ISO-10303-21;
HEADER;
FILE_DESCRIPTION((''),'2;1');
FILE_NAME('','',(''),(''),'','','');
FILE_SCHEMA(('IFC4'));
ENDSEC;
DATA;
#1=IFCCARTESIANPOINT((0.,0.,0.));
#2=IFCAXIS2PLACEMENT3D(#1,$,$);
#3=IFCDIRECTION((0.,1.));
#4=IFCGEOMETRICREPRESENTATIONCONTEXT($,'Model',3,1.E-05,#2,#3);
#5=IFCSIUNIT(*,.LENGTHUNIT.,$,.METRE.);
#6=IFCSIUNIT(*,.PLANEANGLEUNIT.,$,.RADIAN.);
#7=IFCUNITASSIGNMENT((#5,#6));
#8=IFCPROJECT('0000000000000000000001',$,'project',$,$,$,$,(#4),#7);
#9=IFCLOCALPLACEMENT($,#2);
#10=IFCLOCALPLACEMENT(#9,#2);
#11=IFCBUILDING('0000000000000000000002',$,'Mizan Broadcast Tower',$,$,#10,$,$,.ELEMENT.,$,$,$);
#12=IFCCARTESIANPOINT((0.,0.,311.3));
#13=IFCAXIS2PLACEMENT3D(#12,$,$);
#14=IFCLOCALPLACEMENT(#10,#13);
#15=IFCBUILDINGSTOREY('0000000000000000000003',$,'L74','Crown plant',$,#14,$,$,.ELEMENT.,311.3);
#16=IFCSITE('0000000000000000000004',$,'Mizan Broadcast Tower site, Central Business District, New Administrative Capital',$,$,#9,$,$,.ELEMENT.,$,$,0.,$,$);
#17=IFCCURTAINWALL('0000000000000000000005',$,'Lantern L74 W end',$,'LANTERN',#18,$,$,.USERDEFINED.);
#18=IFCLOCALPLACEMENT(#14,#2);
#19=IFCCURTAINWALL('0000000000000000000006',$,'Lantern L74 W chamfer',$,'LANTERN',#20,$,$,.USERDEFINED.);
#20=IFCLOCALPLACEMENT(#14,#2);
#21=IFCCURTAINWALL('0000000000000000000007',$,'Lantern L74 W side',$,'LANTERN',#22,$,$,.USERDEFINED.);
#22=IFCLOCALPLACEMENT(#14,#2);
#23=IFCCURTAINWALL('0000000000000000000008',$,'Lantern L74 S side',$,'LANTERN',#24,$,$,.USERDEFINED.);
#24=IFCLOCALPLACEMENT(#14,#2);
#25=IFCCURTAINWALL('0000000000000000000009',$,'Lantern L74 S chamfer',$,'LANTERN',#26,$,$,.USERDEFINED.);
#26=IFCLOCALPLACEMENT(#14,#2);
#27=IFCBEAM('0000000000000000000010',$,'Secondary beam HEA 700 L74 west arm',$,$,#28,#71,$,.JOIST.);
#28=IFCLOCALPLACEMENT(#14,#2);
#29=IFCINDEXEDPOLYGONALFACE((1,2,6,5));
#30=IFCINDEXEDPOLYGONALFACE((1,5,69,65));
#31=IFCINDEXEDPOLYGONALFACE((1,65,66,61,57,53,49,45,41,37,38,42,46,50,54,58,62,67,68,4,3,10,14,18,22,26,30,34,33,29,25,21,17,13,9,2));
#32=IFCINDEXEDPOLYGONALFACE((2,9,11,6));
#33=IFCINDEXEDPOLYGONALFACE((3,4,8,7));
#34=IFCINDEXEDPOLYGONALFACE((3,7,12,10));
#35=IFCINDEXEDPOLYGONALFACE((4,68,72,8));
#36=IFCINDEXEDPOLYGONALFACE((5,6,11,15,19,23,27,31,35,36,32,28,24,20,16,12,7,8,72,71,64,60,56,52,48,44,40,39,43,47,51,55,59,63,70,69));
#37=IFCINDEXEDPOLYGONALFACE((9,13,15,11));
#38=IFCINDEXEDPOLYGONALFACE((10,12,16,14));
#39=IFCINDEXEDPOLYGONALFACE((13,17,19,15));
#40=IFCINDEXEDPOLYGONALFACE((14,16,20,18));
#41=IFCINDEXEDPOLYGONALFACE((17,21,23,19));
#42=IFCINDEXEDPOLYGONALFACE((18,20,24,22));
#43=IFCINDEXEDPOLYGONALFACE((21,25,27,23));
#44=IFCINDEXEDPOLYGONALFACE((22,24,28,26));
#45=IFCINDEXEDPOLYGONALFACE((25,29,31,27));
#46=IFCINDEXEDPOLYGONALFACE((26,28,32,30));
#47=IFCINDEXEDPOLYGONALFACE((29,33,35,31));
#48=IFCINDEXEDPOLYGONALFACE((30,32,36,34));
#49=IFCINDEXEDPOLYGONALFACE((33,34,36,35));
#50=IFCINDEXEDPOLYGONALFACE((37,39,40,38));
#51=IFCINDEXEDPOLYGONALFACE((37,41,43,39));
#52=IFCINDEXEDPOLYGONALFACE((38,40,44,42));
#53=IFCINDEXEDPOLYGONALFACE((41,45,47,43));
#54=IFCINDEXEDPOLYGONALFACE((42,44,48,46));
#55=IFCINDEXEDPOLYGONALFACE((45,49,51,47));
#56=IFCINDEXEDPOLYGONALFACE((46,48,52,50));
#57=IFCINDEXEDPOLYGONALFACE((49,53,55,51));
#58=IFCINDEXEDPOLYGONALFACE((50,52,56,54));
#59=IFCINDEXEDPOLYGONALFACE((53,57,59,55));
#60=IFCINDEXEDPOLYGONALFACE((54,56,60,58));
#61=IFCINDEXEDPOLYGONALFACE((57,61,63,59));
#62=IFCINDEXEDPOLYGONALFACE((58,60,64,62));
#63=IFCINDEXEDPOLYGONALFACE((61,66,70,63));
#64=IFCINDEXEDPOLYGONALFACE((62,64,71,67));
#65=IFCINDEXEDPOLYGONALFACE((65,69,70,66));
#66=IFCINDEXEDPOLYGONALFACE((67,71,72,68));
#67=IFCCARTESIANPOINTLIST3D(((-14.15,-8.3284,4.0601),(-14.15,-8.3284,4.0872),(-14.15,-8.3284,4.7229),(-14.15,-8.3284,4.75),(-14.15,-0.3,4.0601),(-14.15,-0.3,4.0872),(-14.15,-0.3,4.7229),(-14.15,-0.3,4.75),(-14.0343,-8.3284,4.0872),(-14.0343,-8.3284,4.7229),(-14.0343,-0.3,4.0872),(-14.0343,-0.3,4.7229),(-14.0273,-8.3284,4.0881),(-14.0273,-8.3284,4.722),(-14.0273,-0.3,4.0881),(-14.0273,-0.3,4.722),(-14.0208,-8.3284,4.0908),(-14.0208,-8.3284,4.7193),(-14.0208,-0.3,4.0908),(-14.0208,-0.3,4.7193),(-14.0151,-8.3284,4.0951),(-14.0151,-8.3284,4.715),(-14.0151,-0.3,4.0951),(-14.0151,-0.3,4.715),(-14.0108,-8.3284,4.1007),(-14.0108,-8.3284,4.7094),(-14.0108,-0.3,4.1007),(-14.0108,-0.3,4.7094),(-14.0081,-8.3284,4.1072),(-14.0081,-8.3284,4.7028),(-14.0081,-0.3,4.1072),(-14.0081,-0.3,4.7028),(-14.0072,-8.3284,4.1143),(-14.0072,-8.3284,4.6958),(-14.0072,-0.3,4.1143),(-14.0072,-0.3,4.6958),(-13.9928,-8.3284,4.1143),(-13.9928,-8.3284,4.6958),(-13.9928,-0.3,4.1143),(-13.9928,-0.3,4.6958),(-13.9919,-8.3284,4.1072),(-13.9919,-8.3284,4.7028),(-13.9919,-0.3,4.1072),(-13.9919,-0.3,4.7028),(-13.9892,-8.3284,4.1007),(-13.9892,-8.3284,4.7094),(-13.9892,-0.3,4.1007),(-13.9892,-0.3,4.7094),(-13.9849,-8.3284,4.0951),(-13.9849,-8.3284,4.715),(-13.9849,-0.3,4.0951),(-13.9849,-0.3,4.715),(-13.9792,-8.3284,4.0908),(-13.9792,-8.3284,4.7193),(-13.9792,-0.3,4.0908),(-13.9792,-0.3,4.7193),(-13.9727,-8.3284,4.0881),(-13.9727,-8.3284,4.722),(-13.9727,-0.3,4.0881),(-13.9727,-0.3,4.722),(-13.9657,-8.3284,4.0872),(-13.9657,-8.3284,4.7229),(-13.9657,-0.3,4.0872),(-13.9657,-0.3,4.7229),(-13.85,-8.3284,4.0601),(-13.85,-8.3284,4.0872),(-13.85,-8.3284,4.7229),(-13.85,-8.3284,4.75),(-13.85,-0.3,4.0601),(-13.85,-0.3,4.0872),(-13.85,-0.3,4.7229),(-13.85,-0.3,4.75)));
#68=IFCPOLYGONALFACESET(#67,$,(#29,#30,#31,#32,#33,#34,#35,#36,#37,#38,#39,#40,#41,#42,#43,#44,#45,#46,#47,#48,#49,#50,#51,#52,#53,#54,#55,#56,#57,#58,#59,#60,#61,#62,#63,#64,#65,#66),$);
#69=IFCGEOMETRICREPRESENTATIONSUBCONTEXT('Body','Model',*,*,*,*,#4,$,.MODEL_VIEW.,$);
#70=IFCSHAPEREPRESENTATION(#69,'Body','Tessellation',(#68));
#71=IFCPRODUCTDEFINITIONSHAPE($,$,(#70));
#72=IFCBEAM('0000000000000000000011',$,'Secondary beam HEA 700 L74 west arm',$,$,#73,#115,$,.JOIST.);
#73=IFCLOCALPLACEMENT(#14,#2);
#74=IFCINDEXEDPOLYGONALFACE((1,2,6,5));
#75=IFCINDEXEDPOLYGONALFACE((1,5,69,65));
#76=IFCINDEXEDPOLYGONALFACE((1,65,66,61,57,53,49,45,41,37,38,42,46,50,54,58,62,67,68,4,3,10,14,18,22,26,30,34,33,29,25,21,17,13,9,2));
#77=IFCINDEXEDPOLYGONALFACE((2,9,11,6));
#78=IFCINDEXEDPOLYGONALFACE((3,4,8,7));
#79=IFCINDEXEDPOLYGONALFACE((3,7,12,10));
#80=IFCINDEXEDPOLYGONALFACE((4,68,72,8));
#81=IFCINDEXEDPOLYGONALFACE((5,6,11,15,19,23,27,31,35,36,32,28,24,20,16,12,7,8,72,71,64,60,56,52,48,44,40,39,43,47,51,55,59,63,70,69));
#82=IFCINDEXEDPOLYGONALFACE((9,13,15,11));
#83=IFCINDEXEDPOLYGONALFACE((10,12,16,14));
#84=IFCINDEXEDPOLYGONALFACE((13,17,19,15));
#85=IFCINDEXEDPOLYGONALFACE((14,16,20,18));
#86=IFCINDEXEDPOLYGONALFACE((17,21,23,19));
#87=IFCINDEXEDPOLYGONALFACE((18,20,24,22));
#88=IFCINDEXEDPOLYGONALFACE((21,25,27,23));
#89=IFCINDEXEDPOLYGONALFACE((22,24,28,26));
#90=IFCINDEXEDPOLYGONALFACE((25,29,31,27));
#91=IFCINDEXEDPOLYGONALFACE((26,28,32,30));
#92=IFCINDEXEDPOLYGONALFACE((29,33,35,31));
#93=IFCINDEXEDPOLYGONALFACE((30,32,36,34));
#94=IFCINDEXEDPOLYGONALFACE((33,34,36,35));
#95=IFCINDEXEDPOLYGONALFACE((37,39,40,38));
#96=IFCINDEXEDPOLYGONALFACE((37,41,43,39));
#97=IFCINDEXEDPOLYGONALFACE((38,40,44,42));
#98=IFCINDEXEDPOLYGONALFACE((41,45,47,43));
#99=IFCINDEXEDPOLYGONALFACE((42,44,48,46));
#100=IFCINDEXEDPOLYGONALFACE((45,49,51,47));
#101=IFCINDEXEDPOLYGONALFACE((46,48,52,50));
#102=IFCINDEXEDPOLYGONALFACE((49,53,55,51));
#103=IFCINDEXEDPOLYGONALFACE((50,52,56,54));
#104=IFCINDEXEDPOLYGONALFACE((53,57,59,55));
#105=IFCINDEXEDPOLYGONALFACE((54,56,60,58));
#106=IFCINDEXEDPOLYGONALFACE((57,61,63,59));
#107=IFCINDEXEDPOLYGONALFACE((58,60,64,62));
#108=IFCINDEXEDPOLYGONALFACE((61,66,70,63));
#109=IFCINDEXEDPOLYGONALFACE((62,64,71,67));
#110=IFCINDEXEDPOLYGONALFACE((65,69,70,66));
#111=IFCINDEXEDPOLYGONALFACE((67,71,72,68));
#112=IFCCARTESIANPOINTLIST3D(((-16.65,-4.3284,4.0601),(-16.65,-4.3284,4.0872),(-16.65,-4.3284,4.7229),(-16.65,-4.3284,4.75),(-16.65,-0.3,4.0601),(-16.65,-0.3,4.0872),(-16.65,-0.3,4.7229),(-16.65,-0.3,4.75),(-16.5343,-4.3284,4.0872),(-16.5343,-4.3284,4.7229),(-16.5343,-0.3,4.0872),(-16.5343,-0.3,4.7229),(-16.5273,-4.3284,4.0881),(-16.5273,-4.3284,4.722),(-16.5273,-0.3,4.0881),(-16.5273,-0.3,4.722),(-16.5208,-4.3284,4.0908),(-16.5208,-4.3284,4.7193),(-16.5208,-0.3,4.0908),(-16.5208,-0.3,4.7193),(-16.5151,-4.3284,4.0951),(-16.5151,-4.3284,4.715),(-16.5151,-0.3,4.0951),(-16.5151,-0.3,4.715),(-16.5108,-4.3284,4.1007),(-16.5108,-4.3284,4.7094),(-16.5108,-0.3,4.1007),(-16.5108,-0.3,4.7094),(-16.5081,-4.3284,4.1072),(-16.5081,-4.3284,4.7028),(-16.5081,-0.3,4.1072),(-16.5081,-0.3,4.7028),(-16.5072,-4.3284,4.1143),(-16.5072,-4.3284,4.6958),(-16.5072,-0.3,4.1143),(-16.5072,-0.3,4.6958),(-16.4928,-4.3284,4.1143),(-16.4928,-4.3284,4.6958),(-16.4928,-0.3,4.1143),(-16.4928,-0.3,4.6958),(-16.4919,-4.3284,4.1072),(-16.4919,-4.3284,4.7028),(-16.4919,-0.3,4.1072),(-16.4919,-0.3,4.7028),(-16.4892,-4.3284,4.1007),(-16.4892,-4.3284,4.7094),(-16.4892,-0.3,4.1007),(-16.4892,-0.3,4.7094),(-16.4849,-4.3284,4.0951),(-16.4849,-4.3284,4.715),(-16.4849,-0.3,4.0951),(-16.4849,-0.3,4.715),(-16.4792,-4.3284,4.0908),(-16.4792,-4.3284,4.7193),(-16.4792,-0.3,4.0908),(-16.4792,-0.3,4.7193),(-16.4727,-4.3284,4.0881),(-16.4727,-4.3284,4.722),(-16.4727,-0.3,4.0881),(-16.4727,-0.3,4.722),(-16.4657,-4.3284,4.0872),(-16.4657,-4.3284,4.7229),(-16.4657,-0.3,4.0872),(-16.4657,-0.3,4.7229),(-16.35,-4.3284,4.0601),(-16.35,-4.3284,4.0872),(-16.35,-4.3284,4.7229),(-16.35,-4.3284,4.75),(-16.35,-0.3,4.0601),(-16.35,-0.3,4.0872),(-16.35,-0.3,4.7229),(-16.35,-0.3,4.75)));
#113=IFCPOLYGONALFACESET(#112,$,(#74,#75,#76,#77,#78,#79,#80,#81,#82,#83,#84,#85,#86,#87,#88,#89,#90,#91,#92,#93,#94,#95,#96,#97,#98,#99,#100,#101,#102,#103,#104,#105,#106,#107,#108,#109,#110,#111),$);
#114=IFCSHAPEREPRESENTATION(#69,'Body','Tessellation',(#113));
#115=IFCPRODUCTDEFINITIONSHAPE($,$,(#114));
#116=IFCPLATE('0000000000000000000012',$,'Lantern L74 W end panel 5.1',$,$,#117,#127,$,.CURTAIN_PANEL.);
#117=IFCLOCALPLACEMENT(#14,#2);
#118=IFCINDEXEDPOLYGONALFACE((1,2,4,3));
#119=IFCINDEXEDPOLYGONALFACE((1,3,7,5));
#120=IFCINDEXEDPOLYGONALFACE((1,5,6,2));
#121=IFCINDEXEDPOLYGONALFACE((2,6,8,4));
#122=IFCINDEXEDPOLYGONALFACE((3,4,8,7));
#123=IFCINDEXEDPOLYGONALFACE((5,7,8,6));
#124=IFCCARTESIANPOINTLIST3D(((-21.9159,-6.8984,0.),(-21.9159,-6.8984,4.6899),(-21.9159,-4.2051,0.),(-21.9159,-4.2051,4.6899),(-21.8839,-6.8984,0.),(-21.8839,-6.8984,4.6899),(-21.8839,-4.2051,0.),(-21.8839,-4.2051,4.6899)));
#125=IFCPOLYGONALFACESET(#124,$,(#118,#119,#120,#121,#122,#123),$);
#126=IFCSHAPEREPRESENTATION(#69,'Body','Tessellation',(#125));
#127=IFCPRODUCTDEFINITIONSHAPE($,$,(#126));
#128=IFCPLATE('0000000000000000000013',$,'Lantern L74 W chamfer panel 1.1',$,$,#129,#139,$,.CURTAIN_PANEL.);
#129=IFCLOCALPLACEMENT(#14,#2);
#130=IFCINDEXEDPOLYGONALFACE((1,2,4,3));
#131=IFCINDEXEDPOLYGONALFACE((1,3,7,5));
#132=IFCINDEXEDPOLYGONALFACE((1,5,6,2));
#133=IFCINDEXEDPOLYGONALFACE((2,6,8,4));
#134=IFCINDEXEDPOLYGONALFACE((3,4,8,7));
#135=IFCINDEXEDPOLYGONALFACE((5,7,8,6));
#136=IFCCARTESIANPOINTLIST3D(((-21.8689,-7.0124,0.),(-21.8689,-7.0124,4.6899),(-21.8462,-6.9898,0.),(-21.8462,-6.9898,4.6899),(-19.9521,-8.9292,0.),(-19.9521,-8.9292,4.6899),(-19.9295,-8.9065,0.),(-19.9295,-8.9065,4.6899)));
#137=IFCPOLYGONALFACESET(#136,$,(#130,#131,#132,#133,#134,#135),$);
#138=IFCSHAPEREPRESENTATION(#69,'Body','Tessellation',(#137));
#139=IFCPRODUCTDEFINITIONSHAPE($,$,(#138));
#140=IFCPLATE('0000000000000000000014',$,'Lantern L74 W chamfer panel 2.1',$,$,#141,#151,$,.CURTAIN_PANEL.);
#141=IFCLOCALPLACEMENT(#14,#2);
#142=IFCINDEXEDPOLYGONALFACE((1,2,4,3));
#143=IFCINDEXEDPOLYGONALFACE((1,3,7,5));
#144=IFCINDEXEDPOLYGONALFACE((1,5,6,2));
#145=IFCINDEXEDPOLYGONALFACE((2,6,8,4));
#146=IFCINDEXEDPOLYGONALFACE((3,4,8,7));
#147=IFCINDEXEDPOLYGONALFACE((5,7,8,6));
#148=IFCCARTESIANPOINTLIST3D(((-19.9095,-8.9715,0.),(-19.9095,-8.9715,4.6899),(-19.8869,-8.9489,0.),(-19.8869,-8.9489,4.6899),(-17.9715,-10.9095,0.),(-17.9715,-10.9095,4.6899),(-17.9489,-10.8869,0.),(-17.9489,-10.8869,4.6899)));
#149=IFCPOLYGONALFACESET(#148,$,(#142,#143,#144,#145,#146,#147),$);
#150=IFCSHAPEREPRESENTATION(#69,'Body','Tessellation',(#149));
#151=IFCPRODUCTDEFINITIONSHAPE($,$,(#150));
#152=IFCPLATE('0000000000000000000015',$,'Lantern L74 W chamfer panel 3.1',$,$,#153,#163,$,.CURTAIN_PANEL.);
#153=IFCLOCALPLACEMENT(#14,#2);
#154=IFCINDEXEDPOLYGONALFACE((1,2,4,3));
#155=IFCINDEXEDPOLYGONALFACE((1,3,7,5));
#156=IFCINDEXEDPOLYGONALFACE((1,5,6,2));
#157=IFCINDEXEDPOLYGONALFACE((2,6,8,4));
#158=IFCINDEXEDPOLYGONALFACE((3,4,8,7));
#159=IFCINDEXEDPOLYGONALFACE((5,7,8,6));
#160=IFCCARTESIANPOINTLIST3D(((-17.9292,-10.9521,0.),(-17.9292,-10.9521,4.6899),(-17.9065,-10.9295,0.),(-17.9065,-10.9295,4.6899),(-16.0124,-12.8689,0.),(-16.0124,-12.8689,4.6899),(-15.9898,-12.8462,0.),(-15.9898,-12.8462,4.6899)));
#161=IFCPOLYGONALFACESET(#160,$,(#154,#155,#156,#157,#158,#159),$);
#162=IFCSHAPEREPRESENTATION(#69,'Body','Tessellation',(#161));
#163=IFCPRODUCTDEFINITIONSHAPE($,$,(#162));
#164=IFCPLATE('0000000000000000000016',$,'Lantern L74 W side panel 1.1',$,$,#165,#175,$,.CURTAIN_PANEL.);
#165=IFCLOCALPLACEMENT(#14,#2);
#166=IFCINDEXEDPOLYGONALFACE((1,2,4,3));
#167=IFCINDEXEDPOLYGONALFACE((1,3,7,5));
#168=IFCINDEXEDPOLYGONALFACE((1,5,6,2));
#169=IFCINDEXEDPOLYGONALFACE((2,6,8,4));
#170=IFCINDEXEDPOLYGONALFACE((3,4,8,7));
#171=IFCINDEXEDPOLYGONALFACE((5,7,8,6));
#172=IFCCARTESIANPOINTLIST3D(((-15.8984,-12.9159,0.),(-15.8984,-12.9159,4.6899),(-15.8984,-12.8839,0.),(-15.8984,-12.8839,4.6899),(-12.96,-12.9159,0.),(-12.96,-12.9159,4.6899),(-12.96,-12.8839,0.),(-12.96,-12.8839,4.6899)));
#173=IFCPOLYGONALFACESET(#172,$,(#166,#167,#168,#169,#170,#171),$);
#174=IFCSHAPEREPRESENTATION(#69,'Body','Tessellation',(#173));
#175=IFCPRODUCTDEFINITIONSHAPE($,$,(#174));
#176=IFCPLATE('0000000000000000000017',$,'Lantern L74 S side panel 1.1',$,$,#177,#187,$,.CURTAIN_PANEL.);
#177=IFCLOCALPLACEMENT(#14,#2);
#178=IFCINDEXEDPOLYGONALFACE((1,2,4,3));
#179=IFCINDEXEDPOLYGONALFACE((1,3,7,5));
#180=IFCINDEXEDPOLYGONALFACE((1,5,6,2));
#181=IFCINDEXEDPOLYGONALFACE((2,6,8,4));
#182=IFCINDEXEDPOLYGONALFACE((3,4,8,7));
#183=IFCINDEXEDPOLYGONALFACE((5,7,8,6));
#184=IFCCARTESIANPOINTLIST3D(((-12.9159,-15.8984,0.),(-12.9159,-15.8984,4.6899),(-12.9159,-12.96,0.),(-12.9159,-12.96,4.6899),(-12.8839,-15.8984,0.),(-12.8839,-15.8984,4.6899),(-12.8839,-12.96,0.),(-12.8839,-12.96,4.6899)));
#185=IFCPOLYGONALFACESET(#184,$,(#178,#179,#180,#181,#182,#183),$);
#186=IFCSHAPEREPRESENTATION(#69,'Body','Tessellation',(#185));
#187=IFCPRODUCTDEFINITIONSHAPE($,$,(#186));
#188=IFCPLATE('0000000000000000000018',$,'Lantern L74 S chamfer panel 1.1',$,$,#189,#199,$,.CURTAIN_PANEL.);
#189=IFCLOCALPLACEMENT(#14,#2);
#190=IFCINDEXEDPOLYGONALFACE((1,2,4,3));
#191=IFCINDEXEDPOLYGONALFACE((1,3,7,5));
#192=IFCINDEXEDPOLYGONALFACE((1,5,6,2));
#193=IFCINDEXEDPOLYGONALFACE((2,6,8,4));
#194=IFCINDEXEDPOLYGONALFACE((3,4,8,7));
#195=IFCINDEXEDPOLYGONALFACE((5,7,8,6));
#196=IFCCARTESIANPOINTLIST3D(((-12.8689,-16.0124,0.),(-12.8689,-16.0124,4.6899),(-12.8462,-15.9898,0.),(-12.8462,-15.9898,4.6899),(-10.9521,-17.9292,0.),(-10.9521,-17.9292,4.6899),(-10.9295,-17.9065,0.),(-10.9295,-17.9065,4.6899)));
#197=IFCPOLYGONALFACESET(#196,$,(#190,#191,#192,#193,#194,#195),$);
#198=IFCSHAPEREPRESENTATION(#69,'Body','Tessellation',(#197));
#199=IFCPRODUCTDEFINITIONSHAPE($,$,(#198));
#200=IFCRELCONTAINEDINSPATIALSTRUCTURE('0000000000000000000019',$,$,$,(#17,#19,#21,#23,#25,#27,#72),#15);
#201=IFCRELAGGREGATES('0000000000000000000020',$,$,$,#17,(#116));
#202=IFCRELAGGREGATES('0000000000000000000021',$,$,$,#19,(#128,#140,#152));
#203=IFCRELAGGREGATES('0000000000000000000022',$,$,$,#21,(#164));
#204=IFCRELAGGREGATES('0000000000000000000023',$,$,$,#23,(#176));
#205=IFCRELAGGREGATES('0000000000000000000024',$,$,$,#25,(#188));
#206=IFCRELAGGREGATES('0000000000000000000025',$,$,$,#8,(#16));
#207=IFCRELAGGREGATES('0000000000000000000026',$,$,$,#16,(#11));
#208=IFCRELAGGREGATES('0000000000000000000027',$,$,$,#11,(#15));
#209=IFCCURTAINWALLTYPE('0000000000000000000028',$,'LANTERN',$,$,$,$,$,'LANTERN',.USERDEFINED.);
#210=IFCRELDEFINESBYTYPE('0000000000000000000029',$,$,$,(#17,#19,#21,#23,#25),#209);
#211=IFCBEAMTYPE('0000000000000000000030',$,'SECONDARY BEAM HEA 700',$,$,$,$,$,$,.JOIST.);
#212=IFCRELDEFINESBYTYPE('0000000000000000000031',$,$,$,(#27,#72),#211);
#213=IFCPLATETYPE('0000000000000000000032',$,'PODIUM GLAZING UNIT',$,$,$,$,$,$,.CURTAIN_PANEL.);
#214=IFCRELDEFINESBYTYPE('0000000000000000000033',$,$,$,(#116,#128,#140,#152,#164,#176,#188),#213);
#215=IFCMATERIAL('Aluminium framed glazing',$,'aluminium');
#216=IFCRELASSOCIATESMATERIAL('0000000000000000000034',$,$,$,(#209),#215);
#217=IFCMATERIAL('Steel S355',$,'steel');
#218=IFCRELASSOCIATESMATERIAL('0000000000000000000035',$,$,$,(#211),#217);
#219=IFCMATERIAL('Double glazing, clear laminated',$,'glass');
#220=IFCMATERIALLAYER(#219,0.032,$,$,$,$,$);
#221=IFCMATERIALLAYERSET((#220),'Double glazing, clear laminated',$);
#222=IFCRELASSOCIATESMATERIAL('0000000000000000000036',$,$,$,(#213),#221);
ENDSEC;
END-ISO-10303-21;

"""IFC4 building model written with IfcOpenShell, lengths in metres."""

from ifc_helpers import new_model, si_unit, direction, frame, origin, origin_2d, place, context, subcontext, project, spatial, rectangle, i_section, extrude, material, layer, layer_set, material_profile, profile_set, type_object, element, aggregate, save


model = new_model("IFC4")

# Units and contexts
model_context = context("Model", 3, precision=1e-05, world=origin(), true_north=direction((0.0, 1.0)))
body_context = subcontext(model_context, "Body", "Model", "MODEL_VIEW")
ifc_project = project(units=[si_unit("LENGTHUNIT", "METRE"), si_unit("PLANEANGLEUNIT", "RADIAN")], contexts=[model_context])

# Site, building, storey
site_placement = place(None, origin())
site = spatial("IfcSite", under=ifc_project, at=site_placement, Name="Mizan Broadcast Tower site, Central Business District, New Administrative Capital", CompositionType="ELEMENT", RefElevation=0.0)
building_placement = place(site_placement, origin())
building = spatial("IfcBuilding", under=site, at=building_placement, Name="Mizan Broadcast Tower", CompositionType="ELEMENT")
storey_placement = place(building_placement, frame((0.0, 0.0, 311.3)))
storey = spatial("IfcBuildingStorey", under=building, at=storey_placement, Name="L74", Description="Crown plant", CompositionType="ELEMENT", Elevation=311.3)

# Curtain walls
ifc_material_1 = material(Name="Aluminium framed glazing", Category="aluminium")
curtain_wall_type = type_object("IfcCurtainWallType", Name="LANTERN", ElementType="LANTERN", PredefinedType="USERDEFINED", material=ifc_material_1)
curtain_wall_1_placement = place(storey_placement, origin())
curtain_wall_1 = element("IfcCurtainWall", 1, at=curtain_wall_1_placement, inside=storey, type_object=curtain_wall_type, Name="Lantern L74 W end", ObjectType="LANTERN", PredefinedType="USERDEFINED")
curtain_wall_2_placement = place(storey_placement, origin())
curtain_wall_2 = element("IfcCurtainWall", 2, at=curtain_wall_2_placement, inside=storey, type_object=curtain_wall_type, Name="Lantern L74 W chamfer", ObjectType="LANTERN", PredefinedType="USERDEFINED")

# Curtain walls
curtain_wall_3_placement = place(storey_placement, origin())
curtain_wall_3 = element("IfcCurtainWall", 3, at=curtain_wall_3_placement, inside=storey, type_object=curtain_wall_type, Name="Lantern L74 W side", ObjectType="LANTERN", PredefinedType="USERDEFINED")
curtain_wall_4_placement = place(storey_placement, origin())
curtain_wall_4 = element("IfcCurtainWall", 4, at=curtain_wall_4_placement, inside=storey, type_object=curtain_wall_type, Name="Lantern L74 S side", ObjectType="LANTERN", PredefinedType="USERDEFINED")

# Curtain wall
curtain_wall_5_placement = place(storey_placement, origin())
curtain_wall_5 = element("IfcCurtainWall", 5, at=curtain_wall_5_placement, inside=storey, type_object=curtain_wall_type, Name="Lantern L74 S chamfer", ObjectType="LANTERN", PredefinedType="USERDEFINED")

# Beams
ifc_material_2 = material(Name="Steel S355", Category="steel")
ifc_material_profile_1 = material_profile(ifc_material_2, i_section(OverallWidth=0.3, OverallDepth=0.6899, WebThickness=0.0144, FlangeThickness=0.0271, FilletRadius=0.0271, at=origin_2d()), Name="HEA 700")
ifc_profile_set_1 = profile_set([ifc_material_profile_1], Name="Steel S355")
beam_type_1 = type_object("IfcBeamType", Name="SECONDARY BEAM HEA 700", PredefinedType="JOIST", material=ifc_profile_set_1)
beam_1_placement = place(storey_placement, frame((-14.0, -8.3284, 4.405), z_axis=(0.0, 1.0, 0.0), x_axis=(-1.0, 0.0, 0.0)))
element("IfcBeam", 6, at=beam_1_placement, inside=storey, type_object=beam_type_1, Name="Secondary beam HEA 700 L74 west arm", PredefinedType="JOIST", context=body_context, shape_type="SweptSolid", body=[
    extrude(i_section(OverallWidth=0.3, OverallDepth=0.6899, WebThickness=0.0144, FlangeThickness=0.0271, FilletRadius=0.0271, at=origin_2d()), origin(), (0.0, 0.0, 1.0), 8.0283),
])
beam_2_placement = place(storey_placement, frame((-16.5, -4.3284, 4.405), z_axis=(0.0, 1.0, 0.0), x_axis=(-1.0, 0.0, 0.0)))
element("IfcBeam", 7, at=beam_2_placement, inside=storey, type_object=beam_type_1, Name="Secondary beam HEA 700 L74 west arm", PredefinedType="JOIST", context=body_context, shape_type="SweptSolid", body=[
    extrude(i_section(OverallWidth=0.3, OverallDepth=0.6899, WebThickness=0.0144, FlangeThickness=0.0271, FilletRadius=0.0271, at=origin_2d()), origin(), (0.0, 0.0, 1.0), 4.0283),
])

# Plates
ifc_material_3 = material(Name="Double glazing, clear laminated", Category="glass")
ifc_layer = layer(ifc_material_3, 0.032)
ifc_layer_set = layer_set([ifc_layer], Name="Double glazing, clear laminated")
plate_type = type_object("IfcPlateType", Name="PODIUM GLAZING UNIT", PredefinedType="CURTAIN_PANEL", material=ifc_layer_set)
plate_1_placement = place(storey_placement, frame((-21.8999, -5.5518, 0.0), z_axis=(0.0, 0.0, 1.0), x_axis=(0.0, -1.0, 0.0)))
plate_1 = element("IfcPlate", 8, at=plate_1_placement, type_object=plate_type, Name="Lantern L74 W end panel 5.1", PredefinedType="CURTAIN_PANEL", context=body_context, shape_type="SweptSolid", body=[
    extrude(rectangle(XDim=2.6934, YDim=0.032, at=origin_2d()), origin(), (0.0, 0.0, 1.0), 4.6899),
])
aggregate(curtain_wall_1, [plate_1])
plate_2_placement = place(storey_placement, frame((-20.8992, -7.9595, 0.0), z_axis=(0.0, 0.0, 1.0), x_axis=(0.707107, -0.707107, 0.0)))
plate_2 = element("IfcPlate", 9, at=plate_2_placement, type_object=plate_type, Name="Lantern L74 W chamfer panel 1.1", PredefinedType="CURTAIN_PANEL", context=body_context, shape_type="SweptSolid", body=[
    extrude(rectangle(XDim=2.7107, YDim=0.032, at=origin_2d()), origin(), (0.0, 0.0, 1.0), 4.6899),
])
plate_3_placement = place(storey_placement, frame((-18.9292, -9.9292, 0.0), z_axis=(0.0, 0.0, 1.0), x_axis=(0.707107, -0.707107, 0.0)))
plate_3 = element("IfcPlate", 10, at=plate_3_placement, type_object=plate_type, Name="Lantern L74 W chamfer panel 2.1", PredefinedType="CURTAIN_PANEL", context=body_context, shape_type="SweptSolid", body=[
    extrude(rectangle(XDim=2.7407, YDim=0.032, at=origin_2d()), origin(), (0.0, 0.0, 1.0), 4.6899),
])
plate_4_placement = place(storey_placement, frame((-16.9595, -11.8992, 0.0), z_axis=(0.0, 0.0, 1.0), x_axis=(0.707107, -0.707107, 0.0)))
plate_4 = element("IfcPlate", 11, at=plate_4_placement, type_object=plate_type, Name="Lantern L74 W chamfer panel 3.1", PredefinedType="CURTAIN_PANEL", context=body_context, shape_type="SweptSolid", body=[
    extrude(rectangle(XDim=2.7107, YDim=0.032, at=origin_2d()), origin(), (0.0, 0.0, 1.0), 4.6899),
])
aggregate(curtain_wall_2, [plate_2, plate_3, plate_4])
plate_5_placement = place(storey_placement, frame((-14.4292, -12.8999, 0.0), z_axis=(0.0, 0.0, 1.0), x_axis=(1.0, 0.0, 0.0)))
plate_5 = element("IfcPlate", 12, at=plate_5_placement, type_object=plate_type, Name="Lantern L74 W side panel 1.1", PredefinedType="CURTAIN_PANEL", context=body_context, shape_type="SweptSolid", body=[
    extrude(rectangle(XDim=2.9385, YDim=0.032, at=origin_2d()), origin(), (0.0, 0.0, 1.0), 4.6899),
])
aggregate(curtain_wall_3, [plate_5])
plate_6_placement = place(storey_placement, frame((-12.8999, -14.4292, 0.0), z_axis=(0.0, 0.0, 1.0), x_axis=(0.0, -1.0, 0.0)))
plate_6 = element("IfcPlate", 13, at=plate_6_placement, type_object=plate_type, Name="Lantern L74 S side panel 1.1", PredefinedType="CURTAIN_PANEL", context=body_context, shape_type="SweptSolid", body=[
    extrude(rectangle(XDim=2.9385, YDim=0.032, at=origin_2d()), origin(), (0.0, 0.0, 1.0), 4.6899),
])
aggregate(curtain_wall_4, [plate_6])
plate_7_placement = place(storey_placement, frame((-11.8992, -16.9595, 0.0), z_axis=(0.0, 0.0, 1.0), x_axis=(0.707107, -0.707107, 0.0)))
plate_7 = element("IfcPlate", 14, at=plate_7_placement, type_object=plate_type, Name="Lantern L74 S chamfer panel 1.1", PredefinedType="CURTAIN_PANEL", context=body_context, shape_type="SweptSolid", body=[
    extrude(rectangle(XDim=2.7107, YDim=0.032, at=origin_2d()), origin(), (0.0, 0.0, 1.0), 4.6899),
])
aggregate(curtain_wall_5, [plate_7])

save(model, "model.ifc")
